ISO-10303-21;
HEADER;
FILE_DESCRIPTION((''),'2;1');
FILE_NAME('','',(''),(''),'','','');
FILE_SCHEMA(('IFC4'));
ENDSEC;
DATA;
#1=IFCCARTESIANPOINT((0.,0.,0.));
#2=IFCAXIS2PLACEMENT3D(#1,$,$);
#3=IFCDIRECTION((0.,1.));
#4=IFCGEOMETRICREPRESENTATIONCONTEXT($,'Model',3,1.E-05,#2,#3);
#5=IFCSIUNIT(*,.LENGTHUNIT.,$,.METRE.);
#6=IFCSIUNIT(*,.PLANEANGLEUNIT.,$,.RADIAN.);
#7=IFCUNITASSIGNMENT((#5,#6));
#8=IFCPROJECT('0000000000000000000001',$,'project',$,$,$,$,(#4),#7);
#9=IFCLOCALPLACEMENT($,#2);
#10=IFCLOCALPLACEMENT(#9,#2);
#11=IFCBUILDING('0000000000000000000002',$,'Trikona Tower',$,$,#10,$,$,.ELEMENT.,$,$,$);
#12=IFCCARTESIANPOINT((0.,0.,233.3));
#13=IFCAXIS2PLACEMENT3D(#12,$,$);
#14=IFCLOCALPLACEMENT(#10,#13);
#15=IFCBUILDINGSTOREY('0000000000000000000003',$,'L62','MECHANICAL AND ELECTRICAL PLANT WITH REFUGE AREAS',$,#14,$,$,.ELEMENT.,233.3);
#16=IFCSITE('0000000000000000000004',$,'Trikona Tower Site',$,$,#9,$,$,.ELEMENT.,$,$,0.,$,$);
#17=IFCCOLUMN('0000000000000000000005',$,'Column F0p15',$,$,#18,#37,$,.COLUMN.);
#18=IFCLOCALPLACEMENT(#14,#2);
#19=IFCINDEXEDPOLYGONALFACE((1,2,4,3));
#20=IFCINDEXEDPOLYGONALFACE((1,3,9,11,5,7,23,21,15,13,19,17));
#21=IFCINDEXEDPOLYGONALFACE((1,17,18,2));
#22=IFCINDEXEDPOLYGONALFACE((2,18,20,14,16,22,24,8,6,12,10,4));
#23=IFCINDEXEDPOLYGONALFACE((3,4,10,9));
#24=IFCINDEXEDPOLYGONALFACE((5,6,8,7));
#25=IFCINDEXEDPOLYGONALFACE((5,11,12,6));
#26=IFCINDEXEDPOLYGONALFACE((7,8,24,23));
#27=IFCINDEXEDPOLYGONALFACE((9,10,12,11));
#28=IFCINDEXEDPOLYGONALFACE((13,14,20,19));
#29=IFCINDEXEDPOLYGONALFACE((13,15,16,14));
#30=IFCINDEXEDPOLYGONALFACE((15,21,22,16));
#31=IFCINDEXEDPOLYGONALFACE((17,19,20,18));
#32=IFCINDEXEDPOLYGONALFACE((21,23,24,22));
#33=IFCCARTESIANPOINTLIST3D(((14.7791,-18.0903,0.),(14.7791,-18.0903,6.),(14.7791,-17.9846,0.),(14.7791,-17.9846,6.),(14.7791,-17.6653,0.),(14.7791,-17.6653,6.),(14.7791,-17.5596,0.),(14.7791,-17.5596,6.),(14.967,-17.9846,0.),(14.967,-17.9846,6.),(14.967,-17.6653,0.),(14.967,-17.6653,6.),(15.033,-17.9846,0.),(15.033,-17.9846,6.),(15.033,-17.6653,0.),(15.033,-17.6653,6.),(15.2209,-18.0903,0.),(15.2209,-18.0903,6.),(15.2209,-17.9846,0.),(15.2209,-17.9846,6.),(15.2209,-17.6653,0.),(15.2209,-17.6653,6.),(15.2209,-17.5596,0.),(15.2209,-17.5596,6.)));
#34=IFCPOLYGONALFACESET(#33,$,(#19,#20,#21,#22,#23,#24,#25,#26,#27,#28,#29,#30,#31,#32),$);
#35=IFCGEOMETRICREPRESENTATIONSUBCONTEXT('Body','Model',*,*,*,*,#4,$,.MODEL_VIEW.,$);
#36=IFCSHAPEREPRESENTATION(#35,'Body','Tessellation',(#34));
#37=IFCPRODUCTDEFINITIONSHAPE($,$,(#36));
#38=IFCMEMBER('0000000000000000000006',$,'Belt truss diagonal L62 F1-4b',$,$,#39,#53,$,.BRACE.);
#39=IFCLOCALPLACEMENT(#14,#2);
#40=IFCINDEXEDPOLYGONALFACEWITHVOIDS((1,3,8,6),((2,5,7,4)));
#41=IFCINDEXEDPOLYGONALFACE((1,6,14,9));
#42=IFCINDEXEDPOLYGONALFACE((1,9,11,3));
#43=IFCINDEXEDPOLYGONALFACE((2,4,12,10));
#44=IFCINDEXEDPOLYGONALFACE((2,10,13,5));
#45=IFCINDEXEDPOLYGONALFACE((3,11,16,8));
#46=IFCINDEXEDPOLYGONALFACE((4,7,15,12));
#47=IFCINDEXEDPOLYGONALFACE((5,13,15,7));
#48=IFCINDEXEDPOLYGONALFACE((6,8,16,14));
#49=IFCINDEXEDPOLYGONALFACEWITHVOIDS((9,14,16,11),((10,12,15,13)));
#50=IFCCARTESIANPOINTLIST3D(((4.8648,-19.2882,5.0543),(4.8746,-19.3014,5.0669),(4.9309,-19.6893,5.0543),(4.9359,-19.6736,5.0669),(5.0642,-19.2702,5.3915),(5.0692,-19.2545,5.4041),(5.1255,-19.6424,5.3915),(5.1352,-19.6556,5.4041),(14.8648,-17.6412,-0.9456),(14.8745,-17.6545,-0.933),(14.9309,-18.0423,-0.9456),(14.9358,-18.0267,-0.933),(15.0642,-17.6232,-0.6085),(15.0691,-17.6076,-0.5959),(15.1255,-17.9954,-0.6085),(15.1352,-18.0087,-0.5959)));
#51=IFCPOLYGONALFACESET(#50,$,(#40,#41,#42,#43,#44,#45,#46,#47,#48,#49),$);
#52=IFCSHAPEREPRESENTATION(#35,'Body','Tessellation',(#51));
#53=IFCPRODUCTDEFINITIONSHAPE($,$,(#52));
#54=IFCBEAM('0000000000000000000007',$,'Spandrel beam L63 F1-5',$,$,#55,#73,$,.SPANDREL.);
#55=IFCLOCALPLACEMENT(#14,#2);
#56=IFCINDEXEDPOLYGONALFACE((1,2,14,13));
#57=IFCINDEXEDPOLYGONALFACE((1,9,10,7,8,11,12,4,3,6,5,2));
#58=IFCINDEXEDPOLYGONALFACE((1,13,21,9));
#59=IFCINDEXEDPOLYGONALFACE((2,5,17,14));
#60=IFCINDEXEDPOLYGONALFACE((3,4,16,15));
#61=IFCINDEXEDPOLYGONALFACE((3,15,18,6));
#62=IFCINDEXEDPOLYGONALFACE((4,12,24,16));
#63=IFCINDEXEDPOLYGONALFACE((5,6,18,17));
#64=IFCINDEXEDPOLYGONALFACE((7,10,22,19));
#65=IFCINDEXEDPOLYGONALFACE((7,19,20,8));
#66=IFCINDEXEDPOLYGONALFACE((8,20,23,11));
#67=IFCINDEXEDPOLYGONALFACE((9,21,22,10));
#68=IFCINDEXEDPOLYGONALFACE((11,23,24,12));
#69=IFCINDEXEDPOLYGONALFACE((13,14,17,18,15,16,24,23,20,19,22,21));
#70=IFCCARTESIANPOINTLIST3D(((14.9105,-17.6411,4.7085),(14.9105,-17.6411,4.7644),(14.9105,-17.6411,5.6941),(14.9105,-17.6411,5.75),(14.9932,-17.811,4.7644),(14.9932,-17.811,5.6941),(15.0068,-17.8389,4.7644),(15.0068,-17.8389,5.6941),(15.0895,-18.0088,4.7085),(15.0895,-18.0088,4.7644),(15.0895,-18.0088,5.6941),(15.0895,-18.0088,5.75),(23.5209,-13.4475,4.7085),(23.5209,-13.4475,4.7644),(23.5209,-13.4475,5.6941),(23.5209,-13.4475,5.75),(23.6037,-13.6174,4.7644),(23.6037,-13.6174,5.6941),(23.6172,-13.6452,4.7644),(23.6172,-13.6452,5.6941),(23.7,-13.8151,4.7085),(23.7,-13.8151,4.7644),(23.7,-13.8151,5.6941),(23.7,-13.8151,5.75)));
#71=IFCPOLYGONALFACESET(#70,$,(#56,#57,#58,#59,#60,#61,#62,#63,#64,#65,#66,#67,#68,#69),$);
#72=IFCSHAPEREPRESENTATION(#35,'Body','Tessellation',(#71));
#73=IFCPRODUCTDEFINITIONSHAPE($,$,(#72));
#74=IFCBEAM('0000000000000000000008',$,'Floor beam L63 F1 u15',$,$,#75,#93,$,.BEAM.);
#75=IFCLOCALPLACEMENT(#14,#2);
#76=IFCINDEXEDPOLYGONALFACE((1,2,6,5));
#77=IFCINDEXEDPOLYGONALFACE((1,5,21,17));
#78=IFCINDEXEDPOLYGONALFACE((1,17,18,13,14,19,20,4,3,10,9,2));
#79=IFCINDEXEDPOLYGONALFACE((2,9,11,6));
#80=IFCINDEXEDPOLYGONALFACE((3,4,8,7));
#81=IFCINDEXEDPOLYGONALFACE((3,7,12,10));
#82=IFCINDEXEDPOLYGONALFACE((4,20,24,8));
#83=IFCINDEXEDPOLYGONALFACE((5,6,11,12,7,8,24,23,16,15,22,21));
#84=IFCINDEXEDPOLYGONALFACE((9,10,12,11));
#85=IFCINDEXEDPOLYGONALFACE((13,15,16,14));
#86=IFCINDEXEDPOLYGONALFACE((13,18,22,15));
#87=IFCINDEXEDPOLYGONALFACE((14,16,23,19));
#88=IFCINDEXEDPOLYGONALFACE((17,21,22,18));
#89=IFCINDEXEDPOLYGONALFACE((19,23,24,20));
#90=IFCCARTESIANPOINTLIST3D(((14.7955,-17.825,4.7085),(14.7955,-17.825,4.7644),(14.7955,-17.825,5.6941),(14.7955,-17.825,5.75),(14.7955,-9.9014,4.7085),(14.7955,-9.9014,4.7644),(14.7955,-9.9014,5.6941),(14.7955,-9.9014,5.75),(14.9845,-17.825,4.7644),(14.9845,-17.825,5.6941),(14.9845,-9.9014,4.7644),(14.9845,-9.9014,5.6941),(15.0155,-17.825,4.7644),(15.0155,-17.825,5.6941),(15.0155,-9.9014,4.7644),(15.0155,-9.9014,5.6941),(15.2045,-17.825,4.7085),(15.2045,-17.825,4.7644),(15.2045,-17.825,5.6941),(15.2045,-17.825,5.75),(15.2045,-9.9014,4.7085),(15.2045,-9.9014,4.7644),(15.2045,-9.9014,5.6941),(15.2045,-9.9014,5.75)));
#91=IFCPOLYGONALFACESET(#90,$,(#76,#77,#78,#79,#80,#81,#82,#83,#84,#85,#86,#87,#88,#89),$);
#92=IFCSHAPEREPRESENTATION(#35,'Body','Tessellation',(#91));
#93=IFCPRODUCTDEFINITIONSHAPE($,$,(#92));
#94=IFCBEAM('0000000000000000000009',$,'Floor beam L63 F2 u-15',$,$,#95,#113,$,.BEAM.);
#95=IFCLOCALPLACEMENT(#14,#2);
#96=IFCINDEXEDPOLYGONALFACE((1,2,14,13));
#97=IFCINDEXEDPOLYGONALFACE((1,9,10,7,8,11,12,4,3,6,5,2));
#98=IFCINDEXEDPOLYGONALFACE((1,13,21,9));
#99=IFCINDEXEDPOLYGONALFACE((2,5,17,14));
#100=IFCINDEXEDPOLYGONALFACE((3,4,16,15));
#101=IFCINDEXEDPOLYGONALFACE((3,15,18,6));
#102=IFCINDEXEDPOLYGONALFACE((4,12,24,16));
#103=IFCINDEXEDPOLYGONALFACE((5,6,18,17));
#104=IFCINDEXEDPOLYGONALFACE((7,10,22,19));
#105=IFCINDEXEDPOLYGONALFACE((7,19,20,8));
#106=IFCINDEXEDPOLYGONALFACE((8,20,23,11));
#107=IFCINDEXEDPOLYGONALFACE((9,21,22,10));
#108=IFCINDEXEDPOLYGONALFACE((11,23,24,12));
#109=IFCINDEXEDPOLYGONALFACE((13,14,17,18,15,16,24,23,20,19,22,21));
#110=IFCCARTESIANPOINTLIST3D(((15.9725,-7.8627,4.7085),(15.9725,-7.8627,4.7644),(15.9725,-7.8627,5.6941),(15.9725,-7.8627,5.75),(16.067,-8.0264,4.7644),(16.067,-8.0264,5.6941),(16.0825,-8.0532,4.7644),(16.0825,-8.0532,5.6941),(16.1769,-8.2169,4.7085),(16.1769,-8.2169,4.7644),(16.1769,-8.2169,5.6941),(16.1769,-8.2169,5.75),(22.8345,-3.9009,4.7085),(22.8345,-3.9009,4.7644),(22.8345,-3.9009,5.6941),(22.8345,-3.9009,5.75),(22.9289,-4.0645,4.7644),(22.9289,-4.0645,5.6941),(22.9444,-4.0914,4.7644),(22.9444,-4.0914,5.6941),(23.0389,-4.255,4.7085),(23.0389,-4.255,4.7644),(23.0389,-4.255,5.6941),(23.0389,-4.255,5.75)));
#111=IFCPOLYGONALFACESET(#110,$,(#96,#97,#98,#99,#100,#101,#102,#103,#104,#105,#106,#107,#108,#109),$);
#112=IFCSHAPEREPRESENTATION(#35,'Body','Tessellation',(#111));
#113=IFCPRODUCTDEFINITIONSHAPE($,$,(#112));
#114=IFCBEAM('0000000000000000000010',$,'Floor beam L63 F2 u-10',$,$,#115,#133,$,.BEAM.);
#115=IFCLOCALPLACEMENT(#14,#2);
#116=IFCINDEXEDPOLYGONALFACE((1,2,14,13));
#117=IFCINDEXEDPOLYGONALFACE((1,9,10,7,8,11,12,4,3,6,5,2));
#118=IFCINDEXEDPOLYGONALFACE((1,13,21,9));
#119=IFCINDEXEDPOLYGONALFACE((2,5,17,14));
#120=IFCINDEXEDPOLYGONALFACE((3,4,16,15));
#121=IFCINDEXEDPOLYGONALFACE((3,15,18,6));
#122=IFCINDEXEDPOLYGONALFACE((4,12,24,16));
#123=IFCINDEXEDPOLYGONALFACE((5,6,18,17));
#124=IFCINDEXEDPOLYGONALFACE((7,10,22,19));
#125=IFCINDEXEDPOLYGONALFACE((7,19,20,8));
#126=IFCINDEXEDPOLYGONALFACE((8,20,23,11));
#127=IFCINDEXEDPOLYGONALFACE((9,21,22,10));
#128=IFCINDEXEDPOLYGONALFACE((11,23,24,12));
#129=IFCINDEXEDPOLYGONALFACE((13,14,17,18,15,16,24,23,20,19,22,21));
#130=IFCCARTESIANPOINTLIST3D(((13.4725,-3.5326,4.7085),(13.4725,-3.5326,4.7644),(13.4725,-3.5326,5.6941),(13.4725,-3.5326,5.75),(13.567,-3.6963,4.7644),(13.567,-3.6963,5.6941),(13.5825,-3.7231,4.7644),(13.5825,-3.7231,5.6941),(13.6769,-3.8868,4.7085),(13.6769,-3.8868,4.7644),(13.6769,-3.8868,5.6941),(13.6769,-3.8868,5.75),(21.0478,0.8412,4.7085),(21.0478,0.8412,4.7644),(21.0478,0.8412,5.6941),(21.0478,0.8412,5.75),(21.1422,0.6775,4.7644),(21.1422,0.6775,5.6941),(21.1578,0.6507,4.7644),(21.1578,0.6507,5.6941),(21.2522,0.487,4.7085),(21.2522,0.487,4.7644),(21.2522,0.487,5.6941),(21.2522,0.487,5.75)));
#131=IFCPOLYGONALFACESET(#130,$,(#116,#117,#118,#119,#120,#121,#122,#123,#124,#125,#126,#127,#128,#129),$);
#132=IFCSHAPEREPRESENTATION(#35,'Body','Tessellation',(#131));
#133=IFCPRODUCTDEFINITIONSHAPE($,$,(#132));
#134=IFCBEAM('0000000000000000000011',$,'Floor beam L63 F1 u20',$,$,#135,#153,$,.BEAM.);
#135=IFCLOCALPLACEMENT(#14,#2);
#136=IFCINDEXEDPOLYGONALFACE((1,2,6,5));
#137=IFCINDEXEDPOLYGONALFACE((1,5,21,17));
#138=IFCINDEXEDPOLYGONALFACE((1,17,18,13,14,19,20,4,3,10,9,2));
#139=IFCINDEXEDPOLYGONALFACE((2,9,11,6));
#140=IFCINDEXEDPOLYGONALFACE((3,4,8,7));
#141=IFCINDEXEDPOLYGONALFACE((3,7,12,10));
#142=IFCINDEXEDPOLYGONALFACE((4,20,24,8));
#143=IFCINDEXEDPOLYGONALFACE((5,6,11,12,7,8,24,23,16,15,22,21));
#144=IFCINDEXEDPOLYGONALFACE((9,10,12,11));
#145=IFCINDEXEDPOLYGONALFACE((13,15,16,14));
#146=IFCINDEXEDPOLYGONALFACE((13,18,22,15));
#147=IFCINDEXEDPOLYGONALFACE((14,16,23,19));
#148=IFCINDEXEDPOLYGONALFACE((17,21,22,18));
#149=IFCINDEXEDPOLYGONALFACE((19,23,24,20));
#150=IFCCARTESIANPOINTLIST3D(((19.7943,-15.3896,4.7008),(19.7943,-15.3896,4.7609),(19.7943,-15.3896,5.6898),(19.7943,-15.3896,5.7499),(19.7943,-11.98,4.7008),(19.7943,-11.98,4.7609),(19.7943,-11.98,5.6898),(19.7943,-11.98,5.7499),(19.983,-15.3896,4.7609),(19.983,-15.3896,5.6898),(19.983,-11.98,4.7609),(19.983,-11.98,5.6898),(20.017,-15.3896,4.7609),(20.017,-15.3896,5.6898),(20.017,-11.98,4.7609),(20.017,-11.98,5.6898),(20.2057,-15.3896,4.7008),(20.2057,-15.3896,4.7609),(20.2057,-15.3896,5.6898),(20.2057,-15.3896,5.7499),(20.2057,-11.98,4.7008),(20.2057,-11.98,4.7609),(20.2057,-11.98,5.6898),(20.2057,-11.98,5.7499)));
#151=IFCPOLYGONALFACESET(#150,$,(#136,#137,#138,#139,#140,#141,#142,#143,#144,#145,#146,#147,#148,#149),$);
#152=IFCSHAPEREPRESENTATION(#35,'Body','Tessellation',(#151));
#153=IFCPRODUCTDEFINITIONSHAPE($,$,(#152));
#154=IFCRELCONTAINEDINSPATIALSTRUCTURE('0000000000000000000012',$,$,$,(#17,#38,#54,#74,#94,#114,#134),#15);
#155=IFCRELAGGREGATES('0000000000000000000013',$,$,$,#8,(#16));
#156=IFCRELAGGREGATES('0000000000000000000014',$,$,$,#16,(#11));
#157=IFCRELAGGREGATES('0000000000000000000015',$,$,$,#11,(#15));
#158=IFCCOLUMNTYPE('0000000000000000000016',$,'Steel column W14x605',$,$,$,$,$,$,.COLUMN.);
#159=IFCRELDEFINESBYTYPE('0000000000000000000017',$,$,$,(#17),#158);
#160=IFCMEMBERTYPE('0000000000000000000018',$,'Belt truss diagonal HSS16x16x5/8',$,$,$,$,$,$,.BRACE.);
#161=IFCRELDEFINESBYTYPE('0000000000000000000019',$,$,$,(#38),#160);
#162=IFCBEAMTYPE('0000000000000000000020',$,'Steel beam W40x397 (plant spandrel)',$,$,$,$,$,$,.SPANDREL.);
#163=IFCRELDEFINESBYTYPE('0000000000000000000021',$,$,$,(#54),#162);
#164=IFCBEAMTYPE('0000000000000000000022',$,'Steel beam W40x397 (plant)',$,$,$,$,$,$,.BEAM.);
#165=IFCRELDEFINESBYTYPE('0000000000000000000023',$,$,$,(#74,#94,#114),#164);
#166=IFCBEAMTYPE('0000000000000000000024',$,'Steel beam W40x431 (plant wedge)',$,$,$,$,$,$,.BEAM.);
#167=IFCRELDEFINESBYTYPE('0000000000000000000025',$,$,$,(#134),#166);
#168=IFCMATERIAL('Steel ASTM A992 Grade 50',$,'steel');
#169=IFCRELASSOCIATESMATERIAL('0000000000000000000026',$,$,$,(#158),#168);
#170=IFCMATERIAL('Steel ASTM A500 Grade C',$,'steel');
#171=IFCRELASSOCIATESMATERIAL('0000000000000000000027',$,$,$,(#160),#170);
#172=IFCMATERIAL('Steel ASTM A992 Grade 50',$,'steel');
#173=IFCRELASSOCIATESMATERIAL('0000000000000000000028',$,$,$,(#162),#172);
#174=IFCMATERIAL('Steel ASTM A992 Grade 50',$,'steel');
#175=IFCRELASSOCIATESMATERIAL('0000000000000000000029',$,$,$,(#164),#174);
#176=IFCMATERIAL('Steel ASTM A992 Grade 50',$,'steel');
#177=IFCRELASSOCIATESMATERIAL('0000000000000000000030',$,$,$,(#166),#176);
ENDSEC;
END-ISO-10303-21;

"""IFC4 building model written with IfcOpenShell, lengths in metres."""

from ifc_helpers import new_model, si_unit, direction, frame, origin, origin_2d, place, context, subcontext, project, spatial, hollow_rectangle, i_section, extrude, material, material_profile, profile_set, type_object, element, save


model = new_model("IFC4")

# Units and contexts
model_context = context("Model", 3, precision=1e-05, world=origin(), true_north=direction((0.0, 1.0)))
body_context = subcontext(model_context, "Body", "Model", "MODEL_VIEW")
ifc_project = project(units=[si_unit("LENGTHUNIT", "METRE"), si_unit("PLANEANGLEUNIT", "RADIAN")], contexts=[model_context])

# Site, building, storey
site_placement = place(None, origin())
site = spatial("IfcSite", under=ifc_project, at=site_placement, Name="Trikona Tower Site", CompositionType="ELEMENT", RefElevation=0.0)
building_placement = place(site_placement, origin())
building = spatial("IfcBuilding", under=site, at=building_placement, Name="Trikona Tower", CompositionType="ELEMENT")
storey_placement = place(building_placement, frame((0.0, 0.0, 233.3)))
storey = spatial("IfcBuildingStorey", under=building, at=storey_placement, Name="L62", Description="MECHANICAL AND ELECTRICAL PLANT WITH REFUGE AREAS", CompositionType="ELEMENT", Elevation=233.3)

# Column
ifc_material_1 = material(Name="Steel ASTM A992 Grade 50", Category="steel")
ifc_material_profile_1 = material_profile(ifc_material_1, i_section(OverallWidth=0.4419, OverallDepth=0.5308, WebThickness=0.0659, FlangeThickness=0.1057, at=origin_2d()), Name="W14X605")
ifc_profile_set_1 = profile_set([ifc_material_profile_1], Name="Steel ASTM A992 Grade 50")
column_type = type_object("IfcColumnType", Name="Steel column W14x605", PredefinedType="COLUMN", material=ifc_profile_set_1)
column_placement = place(storey_placement, frame((15.0, -17.825, 0.0), z_axis=(0.0, 0.0, 1.0), x_axis=(1.0, 0.0, 0.0)))
element("IfcColumn", 1, at=column_placement, inside=storey, type_object=column_type, Name="Column F0p15", PredefinedType="COLUMN", context=body_context, shape_type="SweptSolid", body=[
    extrude(i_section(OverallWidth=0.4419, OverallDepth=0.5308, WebThickness=0.0659, FlangeThickness=0.1057, at=origin_2d()), origin(), (0.0, 0.0, 1.0), 6.0),
])

# Member
ifc_material_2 = material(Name="Steel ASTM A500 Grade C", Category="steel")
ifc_material_profile_2 = material_profile(ifc_material_2, hollow_rectangle(XDim=0.4065, YDim=0.4065, WallThickness=0.0146, at=origin_2d()), Name="HSS16X16X5/8")
ifc_profile_set_2 = profile_set([ifc_material_profile_2], Name="Steel ASTM A500 Grade C")
member_type = type_object("IfcMemberType", Name="Belt truss diagonal HSS16x16x5/8", PredefinedType="BRACE", material=ifc_profile_set_2)
member_placement = place(storey_placement, frame((15.0, -17.825, -0.7708), z_axis=(-0.849067, -0.139839, 0.50944), x_axis=(0.162508, -0.986707, 0.0)))
element("IfcMember", 2, at=member_placement, inside=storey, type_object=member_type, Name="Belt truss diagonal L62 F1-4b", PredefinedType="BRACE", context=body_context, shape_type="SweptSolid", body=[
    extrude(hollow_rectangle(XDim=0.4065, YDim=0.4065, WallThickness=0.0146, at=origin_2d()), origin(), (0.0, 0.0, 1.0), 11.7776),
])

# Beams
ifc_material_3 = material(Name="Steel ASTM A992 Grade 50", Category="steel")
ifc_material_profile_3 = material_profile(ifc_material_3, i_section(OverallWidth=0.4089, OverallDepth=1.0415, WebThickness=0.031, FlangeThickness=0.0559, at=origin_2d()), Name="W40X397")
ifc_profile_set_3 = profile_set([ifc_material_profile_3], Name="Steel ASTM A992 Grade 50")
beam_type_1 = type_object("IfcBeamType", Name="Steel beam W40x397 (plant spandrel)", PredefinedType="SPANDREL", material=ifc_profile_set_3)
beam_1_placement = place(storey_placement, frame((15.0, -17.825, 5.2292), z_axis=(0.899039, 0.43787, 0.0), x_axis=(-0.43787, 0.899039, 0.0)))
element("IfcBeam", 3, at=beam_1_placement, inside=storey, type_object=beam_type_1, Name="Spandrel beam L63 F1-5", PredefinedType="SPANDREL", context=body_context, shape_type="SweptSolid", body=[
    extrude(i_section(OverallWidth=0.4089, OverallDepth=1.0415, WebThickness=0.031, FlangeThickness=0.0559, at=origin_2d()), origin(), (0.0, 0.0, 1.0), 9.5774),
])
ifc_material_4 = material(Name="Steel ASTM A992 Grade 50", Category="steel")
ifc_material_profile_4 = material_profile(ifc_material_4, i_section(OverallWidth=0.4089, OverallDepth=1.0415, WebThickness=0.031, FlangeThickness=0.0559, at=origin_2d()), Name="W40X397")
ifc_profile_set_4 = profile_set([ifc_material_profile_4], Name="Steel ASTM A992 Grade 50")
beam_type_2 = type_object("IfcBeamType", Name="Steel beam W40x397 (plant)", PredefinedType="BEAM", material=ifc_profile_set_4)
for number, where, z_axis, x_axis, name in (
    (4, (15.0, -9.9014, 5.2292), (0.0, -1.0, 0.0), (1.0, 0.0, 0.0), "Floor beam L63 F1 u15"),
    (5, (16.0747, -8.0398, 5.2292), (0.86602, 0.50001, 0.0), (-0.50001, 0.86602, 0.0), "Floor beam L63 F2 u-15"),
):
    element("IfcBeam", number, at=place(storey_placement, frame(where, z_axis=z_axis, x_axis=x_axis)), inside=storey, type_object=beam_type_2, Name=name, PredefinedType="BEAM", context=body_context, shape_type="SweptSolid", body=[
        extrude(i_section(OverallWidth=0.4089, OverallDepth=1.0415, WebThickness=0.031, FlangeThickness=0.0559, at=origin_2d()), origin(), (0.0, 0.0, 1.0), 7.9236),
    ])
beam_2_placement = place(storey_placement, frame((13.5747, -3.7097, 5.2292), z_axis=(0.866014, 0.50002, 0.0), x_axis=(-0.50002, 0.866014, 0.0)))
element("IfcBeam", 6, at=beam_2_placement, inside=storey, type_object=beam_type_2, Name="Floor beam L63 F2 u-10", PredefinedType="BEAM", context=body_context, shape_type="SweptSolid", body=[
    extrude(i_section(OverallWidth=0.4089, OverallDepth=1.0415, WebThickness=0.031, FlangeThickness=0.0559, at=origin_2d()), origin(), (0.0, 0.0, 1.0), 8.7473),
])
ifc_material_5 = material(Name="Steel ASTM A992 Grade 50", Category="steel")
ifc_material_profile_5 = material_profile(ifc_material_5, i_section(OverallWidth=0.4114, OverallDepth=1.0491, WebThickness=0.0339, FlangeThickness=0.0601, at=origin_2d()), Name="W40X431")
ifc_profile_set_5 = profile_set([ifc_material_profile_5], Name="Steel ASTM A992 Grade 50")
beam_type_3 = type_object("IfcBeamType", Name="Steel beam W40x431 (plant wedge)", PredefinedType="BEAM", material=ifc_profile_set_5)
beam_3_placement = place(storey_placement, frame((20.0, -11.98, 5.2253), z_axis=(0.0, -1.0, 0.0), x_axis=(1.0, 0.0, 0.0)))
element("IfcBeam", 7, at=beam_3_placement, inside=storey, type_object=beam_type_3, Name="Floor beam L63 F1 u20", PredefinedType="BEAM", context=body_context, shape_type="SweptSolid", body=[
    extrude(i_section(OverallWidth=0.4114, OverallDepth=1.0491, WebThickness=0.0339, FlangeThickness=0.0601, at=origin_2d()), origin(), (0.0, 0.0, 1.0), 3.4097),
])

save(model, "model.ifc")
